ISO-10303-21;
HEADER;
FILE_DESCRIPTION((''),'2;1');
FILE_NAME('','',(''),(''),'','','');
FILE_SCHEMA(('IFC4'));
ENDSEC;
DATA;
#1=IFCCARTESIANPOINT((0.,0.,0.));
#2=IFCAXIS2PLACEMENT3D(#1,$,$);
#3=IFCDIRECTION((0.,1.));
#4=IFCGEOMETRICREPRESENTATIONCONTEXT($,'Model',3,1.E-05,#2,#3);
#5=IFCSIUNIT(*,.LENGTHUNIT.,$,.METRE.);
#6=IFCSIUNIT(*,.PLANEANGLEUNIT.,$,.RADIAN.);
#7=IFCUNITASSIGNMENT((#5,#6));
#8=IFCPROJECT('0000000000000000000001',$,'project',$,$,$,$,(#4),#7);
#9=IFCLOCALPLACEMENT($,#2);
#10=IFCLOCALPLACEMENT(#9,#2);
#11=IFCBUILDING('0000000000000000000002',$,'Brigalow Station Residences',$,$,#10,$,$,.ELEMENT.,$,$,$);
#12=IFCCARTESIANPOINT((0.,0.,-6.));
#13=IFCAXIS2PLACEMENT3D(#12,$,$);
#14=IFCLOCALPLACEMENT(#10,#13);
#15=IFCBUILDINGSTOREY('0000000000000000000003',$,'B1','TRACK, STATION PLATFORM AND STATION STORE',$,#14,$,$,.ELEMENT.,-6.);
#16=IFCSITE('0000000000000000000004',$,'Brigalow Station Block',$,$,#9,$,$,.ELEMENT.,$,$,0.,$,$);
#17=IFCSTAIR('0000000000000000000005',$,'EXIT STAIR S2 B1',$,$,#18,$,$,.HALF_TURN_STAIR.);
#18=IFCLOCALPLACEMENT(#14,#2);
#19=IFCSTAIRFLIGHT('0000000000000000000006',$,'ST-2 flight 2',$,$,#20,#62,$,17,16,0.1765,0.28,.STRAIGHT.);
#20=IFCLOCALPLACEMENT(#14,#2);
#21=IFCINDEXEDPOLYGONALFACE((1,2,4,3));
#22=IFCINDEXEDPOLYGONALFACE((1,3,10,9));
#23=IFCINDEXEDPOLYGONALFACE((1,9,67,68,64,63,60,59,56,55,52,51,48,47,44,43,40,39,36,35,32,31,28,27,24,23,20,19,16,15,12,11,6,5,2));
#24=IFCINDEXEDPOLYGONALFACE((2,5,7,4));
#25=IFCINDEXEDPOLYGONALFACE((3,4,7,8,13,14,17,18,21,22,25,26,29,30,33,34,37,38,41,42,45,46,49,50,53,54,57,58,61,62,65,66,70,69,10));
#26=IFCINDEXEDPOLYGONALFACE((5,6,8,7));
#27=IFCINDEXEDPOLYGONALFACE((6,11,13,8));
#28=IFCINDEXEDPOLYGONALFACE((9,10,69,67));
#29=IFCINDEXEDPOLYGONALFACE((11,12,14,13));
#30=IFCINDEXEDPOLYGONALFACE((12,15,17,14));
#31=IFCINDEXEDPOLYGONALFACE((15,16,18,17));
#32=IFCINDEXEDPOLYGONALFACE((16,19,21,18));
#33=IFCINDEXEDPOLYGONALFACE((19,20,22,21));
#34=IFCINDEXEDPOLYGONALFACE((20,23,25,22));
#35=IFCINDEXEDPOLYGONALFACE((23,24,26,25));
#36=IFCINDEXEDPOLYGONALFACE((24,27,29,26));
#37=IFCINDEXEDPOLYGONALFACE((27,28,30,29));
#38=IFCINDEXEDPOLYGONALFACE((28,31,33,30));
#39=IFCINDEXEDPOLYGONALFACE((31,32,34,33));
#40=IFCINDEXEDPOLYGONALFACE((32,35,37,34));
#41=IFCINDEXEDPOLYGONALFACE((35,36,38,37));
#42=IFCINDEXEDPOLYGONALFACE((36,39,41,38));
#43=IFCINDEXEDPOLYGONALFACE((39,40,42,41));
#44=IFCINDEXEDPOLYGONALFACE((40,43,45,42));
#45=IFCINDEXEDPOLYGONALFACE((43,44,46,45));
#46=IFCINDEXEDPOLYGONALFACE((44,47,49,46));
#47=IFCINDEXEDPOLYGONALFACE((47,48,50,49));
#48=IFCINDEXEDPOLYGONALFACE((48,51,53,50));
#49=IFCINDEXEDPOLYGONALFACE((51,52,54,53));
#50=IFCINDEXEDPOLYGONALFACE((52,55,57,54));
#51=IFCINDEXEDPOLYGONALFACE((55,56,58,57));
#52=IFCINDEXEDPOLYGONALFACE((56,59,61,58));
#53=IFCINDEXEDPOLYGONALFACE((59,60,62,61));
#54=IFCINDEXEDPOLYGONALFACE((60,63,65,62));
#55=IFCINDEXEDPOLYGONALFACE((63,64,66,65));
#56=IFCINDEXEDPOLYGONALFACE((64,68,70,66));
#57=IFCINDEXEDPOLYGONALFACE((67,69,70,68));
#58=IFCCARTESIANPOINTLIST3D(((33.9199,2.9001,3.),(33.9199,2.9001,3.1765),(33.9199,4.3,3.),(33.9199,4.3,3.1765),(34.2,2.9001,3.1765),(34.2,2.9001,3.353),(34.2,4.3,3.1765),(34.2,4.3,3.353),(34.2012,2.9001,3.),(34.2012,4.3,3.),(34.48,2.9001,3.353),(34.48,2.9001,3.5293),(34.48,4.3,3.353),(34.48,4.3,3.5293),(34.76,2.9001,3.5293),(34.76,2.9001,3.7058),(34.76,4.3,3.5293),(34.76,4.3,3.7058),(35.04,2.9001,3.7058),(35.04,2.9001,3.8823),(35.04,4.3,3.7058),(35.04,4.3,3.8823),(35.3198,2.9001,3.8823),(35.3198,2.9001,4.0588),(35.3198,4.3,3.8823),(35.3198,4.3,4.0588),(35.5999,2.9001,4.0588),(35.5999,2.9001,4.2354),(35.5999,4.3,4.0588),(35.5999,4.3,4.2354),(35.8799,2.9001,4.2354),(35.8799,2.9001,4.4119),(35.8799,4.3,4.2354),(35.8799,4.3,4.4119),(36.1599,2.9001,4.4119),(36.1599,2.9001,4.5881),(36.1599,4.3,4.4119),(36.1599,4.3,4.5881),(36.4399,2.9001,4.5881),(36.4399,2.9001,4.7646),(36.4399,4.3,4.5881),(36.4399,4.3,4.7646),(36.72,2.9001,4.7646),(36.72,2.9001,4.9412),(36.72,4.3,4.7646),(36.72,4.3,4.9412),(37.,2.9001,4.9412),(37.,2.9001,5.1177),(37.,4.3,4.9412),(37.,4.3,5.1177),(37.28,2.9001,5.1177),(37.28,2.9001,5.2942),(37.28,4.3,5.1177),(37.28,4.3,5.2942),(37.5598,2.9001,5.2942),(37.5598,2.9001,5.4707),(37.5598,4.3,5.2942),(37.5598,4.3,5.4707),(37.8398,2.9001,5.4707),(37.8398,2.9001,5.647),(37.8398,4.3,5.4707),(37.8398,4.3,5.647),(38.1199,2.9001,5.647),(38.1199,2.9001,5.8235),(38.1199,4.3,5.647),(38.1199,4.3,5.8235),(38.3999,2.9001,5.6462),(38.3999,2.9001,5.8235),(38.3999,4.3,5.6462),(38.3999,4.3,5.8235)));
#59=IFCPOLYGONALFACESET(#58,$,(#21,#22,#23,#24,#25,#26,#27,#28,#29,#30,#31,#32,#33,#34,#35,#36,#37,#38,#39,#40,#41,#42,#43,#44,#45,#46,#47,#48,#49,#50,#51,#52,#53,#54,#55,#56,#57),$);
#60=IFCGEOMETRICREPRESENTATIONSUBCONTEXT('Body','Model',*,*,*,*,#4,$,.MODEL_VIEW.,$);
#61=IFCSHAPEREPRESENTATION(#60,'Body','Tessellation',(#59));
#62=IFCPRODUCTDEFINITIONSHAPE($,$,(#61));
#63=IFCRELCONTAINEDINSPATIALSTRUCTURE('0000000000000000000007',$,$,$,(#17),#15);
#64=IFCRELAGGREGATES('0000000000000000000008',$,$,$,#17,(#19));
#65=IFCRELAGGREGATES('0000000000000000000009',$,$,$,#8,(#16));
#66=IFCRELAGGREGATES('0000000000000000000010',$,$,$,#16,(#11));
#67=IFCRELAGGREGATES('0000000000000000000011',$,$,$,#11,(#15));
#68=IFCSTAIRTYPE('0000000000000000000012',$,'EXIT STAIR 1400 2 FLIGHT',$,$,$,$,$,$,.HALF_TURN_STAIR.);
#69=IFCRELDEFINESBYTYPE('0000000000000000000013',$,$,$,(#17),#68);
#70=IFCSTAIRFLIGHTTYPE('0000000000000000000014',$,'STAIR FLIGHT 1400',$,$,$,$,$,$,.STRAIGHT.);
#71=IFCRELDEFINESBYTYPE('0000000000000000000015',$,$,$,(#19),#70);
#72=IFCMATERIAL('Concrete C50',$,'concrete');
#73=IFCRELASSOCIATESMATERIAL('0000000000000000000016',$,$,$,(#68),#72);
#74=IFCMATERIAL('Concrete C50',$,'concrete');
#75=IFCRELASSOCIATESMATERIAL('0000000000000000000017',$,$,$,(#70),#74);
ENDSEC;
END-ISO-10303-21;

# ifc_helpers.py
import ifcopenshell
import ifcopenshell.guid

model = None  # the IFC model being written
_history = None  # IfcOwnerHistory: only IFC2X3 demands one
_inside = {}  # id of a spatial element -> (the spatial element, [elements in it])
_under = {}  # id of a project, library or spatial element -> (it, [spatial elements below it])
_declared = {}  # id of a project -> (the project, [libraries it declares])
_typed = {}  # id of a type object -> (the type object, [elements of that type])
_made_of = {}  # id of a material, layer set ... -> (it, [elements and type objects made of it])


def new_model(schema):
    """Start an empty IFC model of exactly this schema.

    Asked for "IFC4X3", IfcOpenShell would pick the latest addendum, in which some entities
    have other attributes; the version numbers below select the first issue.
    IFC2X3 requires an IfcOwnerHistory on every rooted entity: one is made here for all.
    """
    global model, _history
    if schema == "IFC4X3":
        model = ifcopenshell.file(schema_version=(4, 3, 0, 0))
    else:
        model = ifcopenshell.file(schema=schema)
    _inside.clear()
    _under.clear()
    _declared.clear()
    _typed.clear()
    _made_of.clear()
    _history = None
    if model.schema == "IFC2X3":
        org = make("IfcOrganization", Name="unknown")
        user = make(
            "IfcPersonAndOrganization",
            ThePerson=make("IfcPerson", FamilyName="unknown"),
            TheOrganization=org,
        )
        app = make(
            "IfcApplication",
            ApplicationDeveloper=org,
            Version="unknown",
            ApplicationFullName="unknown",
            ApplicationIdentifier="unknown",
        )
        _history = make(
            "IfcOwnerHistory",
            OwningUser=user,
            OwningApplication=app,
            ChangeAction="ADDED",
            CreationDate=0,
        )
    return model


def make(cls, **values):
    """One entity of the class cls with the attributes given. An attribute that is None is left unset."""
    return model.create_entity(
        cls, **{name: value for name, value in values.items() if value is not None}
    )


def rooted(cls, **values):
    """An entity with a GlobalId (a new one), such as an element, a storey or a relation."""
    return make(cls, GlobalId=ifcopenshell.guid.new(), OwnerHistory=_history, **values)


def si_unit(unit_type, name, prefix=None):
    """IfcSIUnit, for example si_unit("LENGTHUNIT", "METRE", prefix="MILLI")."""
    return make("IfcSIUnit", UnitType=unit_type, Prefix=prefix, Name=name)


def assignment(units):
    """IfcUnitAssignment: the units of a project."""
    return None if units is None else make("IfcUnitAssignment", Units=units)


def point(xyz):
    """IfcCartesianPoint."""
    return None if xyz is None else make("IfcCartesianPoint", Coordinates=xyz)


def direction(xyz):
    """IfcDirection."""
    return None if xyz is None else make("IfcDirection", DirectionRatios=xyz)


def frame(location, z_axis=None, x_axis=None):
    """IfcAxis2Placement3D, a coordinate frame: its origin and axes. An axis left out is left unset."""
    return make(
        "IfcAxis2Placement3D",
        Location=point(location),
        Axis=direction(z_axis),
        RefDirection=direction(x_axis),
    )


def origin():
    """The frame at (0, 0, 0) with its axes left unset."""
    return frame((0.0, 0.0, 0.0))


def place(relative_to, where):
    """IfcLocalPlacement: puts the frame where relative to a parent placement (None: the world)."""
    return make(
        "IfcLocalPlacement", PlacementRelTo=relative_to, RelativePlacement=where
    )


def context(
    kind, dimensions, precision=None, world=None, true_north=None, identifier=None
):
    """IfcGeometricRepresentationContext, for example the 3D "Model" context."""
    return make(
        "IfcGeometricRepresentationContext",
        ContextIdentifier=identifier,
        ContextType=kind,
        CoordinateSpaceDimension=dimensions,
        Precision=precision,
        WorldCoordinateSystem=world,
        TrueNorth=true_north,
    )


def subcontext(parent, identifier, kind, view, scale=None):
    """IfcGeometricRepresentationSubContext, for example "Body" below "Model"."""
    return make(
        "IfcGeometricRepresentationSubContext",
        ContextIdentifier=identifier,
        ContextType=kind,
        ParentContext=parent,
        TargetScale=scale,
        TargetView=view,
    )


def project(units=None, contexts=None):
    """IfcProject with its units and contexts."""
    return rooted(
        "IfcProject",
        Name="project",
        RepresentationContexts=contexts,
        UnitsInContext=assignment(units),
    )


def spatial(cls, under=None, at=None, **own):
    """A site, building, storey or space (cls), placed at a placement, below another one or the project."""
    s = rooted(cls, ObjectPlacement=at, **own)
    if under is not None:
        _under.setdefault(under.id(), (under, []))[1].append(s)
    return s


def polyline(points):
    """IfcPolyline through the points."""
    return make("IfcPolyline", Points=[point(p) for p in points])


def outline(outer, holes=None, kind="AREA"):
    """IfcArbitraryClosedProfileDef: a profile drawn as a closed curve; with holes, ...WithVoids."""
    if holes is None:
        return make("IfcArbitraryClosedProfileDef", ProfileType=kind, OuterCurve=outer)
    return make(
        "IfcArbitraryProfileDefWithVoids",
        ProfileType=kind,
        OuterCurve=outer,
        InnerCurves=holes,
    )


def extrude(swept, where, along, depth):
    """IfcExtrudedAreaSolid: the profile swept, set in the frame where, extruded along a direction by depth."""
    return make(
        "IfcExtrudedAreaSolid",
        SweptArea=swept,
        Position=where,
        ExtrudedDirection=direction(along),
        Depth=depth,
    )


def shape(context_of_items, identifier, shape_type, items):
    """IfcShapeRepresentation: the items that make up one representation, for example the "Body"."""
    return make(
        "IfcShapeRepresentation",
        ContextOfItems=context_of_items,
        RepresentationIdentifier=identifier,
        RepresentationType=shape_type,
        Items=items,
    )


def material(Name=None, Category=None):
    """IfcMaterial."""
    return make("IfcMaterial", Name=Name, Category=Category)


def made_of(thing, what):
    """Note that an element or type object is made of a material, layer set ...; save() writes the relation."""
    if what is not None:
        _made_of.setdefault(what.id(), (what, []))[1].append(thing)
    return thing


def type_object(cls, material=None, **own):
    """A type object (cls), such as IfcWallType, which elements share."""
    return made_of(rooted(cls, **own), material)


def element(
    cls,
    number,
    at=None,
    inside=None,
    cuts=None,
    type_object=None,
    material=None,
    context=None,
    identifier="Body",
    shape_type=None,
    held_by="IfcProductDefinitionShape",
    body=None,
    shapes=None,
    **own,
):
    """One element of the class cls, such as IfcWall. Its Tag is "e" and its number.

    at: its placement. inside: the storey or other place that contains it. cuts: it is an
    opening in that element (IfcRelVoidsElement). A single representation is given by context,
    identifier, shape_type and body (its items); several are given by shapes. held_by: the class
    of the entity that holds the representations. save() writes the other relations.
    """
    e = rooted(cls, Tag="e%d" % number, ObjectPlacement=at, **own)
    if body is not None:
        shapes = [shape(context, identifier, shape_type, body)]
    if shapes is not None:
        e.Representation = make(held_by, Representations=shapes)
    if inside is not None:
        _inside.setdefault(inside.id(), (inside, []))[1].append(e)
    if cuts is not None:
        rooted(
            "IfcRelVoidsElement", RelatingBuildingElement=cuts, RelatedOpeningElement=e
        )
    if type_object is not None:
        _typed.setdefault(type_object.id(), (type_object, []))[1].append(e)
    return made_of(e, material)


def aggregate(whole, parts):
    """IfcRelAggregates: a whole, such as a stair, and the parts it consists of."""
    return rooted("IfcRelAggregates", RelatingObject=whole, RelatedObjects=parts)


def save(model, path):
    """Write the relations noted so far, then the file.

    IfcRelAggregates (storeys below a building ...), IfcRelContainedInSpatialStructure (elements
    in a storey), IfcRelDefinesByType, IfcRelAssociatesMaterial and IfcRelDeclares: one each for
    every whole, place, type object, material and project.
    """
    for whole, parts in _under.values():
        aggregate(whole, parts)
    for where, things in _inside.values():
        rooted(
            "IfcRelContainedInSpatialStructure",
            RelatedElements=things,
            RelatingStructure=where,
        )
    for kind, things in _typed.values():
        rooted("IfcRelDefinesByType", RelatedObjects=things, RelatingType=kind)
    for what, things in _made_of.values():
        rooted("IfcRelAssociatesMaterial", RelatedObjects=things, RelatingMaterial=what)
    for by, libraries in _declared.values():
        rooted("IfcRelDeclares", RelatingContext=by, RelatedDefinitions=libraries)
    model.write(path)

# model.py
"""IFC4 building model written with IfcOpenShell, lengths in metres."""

from ifc_helpers import new_model, si_unit, direction, frame, origin, place, context, subcontext, project, spatial, polyline, outline, extrude, material, type_object, element, aggregate, save


model = new_model("IFC4")

# Units and contexts
model_context = context("Model", 3, precision=1e-05, world=origin(), true_north=direction((0.0, 1.0)))
body_context = subcontext(model_context, "Body", "Model", "MODEL_VIEW")
ifc_project = project(units=[si_unit("LENGTHUNIT", "METRE"), si_unit("PLANEANGLEUNIT", "RADIAN")], contexts=[model_context])

# Site, building, storey
site_placement = place(None, origin())
site = spatial("IfcSite", under=ifc_project, at=site_placement, Name="Brigalow Station Block", CompositionType="ELEMENT", RefElevation=0.0)
building_placement = place(site_placement, origin())
building = spatial("IfcBuilding", under=site, at=building_placement, Name="Brigalow Station Residences", CompositionType="ELEMENT")
storey_placement = place(building_placement, frame((0.0, 0.0, -6.0)))
storey = spatial("IfcBuildingStorey", under=building, at=storey_placement, Name="B1", Description="TRACK, STATION PLATFORM AND STATION STORE", CompositionType="ELEMENT", Elevation=-6.0)

# Stair, stair flight
ifc_material_1 = material(Name="Concrete C50", Category="concrete")
stair_type = type_object("IfcStairType", Name="EXIT STAIR 1400 2 FLIGHT", PredefinedType="HALF_TURN_STAIR", material=ifc_material_1)
stair_placement = place(storey_placement, origin())
stair = element("IfcStair", 1, at=stair_placement, inside=storey, type_object=stair_type, Name="EXIT STAIR S2 B1", PredefinedType="HALF_TURN_STAIR")
ifc_material_2 = material(Name="Concrete C50", Category="concrete")
stair_flight_type = type_object("IfcStairFlightType", Name="STAIR FLIGHT 1400", PredefinedType="STRAIGHT", material=ifc_material_2)
stair_flight_placement = place(storey_placement, frame((33.9199, 3.6001, 3.0), z_axis=(0.0, 0.0, 1.0), x_axis=(1.0, 0.0, 0.0)))
stair_flight = element("IfcStairFlight", 2, at=stair_flight_placement, type_object=stair_flight_type, Name="ST-2 flight 2", NumberOfRisers=17, NumberOfTreads=16, PredefinedType="STRAIGHT", RiserHeight=0.1765, TreadLength=0.28, context=body_context, shape_type="SweptSolid", body=[
    extrude(outline(polyline([(0.0, 0.0), (0.0, 0.1765), (0.28, 0.1765), (0.28, 0.353), (0.5601, 0.353), (0.5601, 0.5293), (0.8401, 0.5293), (0.8401, 0.7058), (1.1201, 0.7058), (1.1201, 0.8823), (1.3999, 0.8823), (1.3999, 1.0588), (1.6799, 1.0588), (1.6799, 1.2354), (1.96, 1.2354), (1.96, 1.4119), (2.24, 1.4119), (2.24, 1.5881), (2.52, 1.5881), (2.52, 1.7646), (2.8, 1.7646), (2.8, 1.9412), (3.0801, 1.9412), (3.0801, 2.1177), (3.3601, 2.1177), (3.3601, 2.2942), (3.6399, 2.2942), (3.6399, 2.4707), (3.9199, 2.4707), (3.9199, 2.647), (4.2, 2.647), (4.2, 2.8235), (4.48, 2.8235), (4.48, 3.0), (4.48, 2.6462), (0.2812, 0.0), (0.0, 0.0)])), frame((0.0, 0.7, 0.0), z_axis=(0.0, -1.0, 0.0), x_axis=(1.0, 0.0, 0.0)), (0.0, 0.0, 1.0), 1.3999),
])
aggregate(stair, [stair_flight])

save(model, "model.ifc")
